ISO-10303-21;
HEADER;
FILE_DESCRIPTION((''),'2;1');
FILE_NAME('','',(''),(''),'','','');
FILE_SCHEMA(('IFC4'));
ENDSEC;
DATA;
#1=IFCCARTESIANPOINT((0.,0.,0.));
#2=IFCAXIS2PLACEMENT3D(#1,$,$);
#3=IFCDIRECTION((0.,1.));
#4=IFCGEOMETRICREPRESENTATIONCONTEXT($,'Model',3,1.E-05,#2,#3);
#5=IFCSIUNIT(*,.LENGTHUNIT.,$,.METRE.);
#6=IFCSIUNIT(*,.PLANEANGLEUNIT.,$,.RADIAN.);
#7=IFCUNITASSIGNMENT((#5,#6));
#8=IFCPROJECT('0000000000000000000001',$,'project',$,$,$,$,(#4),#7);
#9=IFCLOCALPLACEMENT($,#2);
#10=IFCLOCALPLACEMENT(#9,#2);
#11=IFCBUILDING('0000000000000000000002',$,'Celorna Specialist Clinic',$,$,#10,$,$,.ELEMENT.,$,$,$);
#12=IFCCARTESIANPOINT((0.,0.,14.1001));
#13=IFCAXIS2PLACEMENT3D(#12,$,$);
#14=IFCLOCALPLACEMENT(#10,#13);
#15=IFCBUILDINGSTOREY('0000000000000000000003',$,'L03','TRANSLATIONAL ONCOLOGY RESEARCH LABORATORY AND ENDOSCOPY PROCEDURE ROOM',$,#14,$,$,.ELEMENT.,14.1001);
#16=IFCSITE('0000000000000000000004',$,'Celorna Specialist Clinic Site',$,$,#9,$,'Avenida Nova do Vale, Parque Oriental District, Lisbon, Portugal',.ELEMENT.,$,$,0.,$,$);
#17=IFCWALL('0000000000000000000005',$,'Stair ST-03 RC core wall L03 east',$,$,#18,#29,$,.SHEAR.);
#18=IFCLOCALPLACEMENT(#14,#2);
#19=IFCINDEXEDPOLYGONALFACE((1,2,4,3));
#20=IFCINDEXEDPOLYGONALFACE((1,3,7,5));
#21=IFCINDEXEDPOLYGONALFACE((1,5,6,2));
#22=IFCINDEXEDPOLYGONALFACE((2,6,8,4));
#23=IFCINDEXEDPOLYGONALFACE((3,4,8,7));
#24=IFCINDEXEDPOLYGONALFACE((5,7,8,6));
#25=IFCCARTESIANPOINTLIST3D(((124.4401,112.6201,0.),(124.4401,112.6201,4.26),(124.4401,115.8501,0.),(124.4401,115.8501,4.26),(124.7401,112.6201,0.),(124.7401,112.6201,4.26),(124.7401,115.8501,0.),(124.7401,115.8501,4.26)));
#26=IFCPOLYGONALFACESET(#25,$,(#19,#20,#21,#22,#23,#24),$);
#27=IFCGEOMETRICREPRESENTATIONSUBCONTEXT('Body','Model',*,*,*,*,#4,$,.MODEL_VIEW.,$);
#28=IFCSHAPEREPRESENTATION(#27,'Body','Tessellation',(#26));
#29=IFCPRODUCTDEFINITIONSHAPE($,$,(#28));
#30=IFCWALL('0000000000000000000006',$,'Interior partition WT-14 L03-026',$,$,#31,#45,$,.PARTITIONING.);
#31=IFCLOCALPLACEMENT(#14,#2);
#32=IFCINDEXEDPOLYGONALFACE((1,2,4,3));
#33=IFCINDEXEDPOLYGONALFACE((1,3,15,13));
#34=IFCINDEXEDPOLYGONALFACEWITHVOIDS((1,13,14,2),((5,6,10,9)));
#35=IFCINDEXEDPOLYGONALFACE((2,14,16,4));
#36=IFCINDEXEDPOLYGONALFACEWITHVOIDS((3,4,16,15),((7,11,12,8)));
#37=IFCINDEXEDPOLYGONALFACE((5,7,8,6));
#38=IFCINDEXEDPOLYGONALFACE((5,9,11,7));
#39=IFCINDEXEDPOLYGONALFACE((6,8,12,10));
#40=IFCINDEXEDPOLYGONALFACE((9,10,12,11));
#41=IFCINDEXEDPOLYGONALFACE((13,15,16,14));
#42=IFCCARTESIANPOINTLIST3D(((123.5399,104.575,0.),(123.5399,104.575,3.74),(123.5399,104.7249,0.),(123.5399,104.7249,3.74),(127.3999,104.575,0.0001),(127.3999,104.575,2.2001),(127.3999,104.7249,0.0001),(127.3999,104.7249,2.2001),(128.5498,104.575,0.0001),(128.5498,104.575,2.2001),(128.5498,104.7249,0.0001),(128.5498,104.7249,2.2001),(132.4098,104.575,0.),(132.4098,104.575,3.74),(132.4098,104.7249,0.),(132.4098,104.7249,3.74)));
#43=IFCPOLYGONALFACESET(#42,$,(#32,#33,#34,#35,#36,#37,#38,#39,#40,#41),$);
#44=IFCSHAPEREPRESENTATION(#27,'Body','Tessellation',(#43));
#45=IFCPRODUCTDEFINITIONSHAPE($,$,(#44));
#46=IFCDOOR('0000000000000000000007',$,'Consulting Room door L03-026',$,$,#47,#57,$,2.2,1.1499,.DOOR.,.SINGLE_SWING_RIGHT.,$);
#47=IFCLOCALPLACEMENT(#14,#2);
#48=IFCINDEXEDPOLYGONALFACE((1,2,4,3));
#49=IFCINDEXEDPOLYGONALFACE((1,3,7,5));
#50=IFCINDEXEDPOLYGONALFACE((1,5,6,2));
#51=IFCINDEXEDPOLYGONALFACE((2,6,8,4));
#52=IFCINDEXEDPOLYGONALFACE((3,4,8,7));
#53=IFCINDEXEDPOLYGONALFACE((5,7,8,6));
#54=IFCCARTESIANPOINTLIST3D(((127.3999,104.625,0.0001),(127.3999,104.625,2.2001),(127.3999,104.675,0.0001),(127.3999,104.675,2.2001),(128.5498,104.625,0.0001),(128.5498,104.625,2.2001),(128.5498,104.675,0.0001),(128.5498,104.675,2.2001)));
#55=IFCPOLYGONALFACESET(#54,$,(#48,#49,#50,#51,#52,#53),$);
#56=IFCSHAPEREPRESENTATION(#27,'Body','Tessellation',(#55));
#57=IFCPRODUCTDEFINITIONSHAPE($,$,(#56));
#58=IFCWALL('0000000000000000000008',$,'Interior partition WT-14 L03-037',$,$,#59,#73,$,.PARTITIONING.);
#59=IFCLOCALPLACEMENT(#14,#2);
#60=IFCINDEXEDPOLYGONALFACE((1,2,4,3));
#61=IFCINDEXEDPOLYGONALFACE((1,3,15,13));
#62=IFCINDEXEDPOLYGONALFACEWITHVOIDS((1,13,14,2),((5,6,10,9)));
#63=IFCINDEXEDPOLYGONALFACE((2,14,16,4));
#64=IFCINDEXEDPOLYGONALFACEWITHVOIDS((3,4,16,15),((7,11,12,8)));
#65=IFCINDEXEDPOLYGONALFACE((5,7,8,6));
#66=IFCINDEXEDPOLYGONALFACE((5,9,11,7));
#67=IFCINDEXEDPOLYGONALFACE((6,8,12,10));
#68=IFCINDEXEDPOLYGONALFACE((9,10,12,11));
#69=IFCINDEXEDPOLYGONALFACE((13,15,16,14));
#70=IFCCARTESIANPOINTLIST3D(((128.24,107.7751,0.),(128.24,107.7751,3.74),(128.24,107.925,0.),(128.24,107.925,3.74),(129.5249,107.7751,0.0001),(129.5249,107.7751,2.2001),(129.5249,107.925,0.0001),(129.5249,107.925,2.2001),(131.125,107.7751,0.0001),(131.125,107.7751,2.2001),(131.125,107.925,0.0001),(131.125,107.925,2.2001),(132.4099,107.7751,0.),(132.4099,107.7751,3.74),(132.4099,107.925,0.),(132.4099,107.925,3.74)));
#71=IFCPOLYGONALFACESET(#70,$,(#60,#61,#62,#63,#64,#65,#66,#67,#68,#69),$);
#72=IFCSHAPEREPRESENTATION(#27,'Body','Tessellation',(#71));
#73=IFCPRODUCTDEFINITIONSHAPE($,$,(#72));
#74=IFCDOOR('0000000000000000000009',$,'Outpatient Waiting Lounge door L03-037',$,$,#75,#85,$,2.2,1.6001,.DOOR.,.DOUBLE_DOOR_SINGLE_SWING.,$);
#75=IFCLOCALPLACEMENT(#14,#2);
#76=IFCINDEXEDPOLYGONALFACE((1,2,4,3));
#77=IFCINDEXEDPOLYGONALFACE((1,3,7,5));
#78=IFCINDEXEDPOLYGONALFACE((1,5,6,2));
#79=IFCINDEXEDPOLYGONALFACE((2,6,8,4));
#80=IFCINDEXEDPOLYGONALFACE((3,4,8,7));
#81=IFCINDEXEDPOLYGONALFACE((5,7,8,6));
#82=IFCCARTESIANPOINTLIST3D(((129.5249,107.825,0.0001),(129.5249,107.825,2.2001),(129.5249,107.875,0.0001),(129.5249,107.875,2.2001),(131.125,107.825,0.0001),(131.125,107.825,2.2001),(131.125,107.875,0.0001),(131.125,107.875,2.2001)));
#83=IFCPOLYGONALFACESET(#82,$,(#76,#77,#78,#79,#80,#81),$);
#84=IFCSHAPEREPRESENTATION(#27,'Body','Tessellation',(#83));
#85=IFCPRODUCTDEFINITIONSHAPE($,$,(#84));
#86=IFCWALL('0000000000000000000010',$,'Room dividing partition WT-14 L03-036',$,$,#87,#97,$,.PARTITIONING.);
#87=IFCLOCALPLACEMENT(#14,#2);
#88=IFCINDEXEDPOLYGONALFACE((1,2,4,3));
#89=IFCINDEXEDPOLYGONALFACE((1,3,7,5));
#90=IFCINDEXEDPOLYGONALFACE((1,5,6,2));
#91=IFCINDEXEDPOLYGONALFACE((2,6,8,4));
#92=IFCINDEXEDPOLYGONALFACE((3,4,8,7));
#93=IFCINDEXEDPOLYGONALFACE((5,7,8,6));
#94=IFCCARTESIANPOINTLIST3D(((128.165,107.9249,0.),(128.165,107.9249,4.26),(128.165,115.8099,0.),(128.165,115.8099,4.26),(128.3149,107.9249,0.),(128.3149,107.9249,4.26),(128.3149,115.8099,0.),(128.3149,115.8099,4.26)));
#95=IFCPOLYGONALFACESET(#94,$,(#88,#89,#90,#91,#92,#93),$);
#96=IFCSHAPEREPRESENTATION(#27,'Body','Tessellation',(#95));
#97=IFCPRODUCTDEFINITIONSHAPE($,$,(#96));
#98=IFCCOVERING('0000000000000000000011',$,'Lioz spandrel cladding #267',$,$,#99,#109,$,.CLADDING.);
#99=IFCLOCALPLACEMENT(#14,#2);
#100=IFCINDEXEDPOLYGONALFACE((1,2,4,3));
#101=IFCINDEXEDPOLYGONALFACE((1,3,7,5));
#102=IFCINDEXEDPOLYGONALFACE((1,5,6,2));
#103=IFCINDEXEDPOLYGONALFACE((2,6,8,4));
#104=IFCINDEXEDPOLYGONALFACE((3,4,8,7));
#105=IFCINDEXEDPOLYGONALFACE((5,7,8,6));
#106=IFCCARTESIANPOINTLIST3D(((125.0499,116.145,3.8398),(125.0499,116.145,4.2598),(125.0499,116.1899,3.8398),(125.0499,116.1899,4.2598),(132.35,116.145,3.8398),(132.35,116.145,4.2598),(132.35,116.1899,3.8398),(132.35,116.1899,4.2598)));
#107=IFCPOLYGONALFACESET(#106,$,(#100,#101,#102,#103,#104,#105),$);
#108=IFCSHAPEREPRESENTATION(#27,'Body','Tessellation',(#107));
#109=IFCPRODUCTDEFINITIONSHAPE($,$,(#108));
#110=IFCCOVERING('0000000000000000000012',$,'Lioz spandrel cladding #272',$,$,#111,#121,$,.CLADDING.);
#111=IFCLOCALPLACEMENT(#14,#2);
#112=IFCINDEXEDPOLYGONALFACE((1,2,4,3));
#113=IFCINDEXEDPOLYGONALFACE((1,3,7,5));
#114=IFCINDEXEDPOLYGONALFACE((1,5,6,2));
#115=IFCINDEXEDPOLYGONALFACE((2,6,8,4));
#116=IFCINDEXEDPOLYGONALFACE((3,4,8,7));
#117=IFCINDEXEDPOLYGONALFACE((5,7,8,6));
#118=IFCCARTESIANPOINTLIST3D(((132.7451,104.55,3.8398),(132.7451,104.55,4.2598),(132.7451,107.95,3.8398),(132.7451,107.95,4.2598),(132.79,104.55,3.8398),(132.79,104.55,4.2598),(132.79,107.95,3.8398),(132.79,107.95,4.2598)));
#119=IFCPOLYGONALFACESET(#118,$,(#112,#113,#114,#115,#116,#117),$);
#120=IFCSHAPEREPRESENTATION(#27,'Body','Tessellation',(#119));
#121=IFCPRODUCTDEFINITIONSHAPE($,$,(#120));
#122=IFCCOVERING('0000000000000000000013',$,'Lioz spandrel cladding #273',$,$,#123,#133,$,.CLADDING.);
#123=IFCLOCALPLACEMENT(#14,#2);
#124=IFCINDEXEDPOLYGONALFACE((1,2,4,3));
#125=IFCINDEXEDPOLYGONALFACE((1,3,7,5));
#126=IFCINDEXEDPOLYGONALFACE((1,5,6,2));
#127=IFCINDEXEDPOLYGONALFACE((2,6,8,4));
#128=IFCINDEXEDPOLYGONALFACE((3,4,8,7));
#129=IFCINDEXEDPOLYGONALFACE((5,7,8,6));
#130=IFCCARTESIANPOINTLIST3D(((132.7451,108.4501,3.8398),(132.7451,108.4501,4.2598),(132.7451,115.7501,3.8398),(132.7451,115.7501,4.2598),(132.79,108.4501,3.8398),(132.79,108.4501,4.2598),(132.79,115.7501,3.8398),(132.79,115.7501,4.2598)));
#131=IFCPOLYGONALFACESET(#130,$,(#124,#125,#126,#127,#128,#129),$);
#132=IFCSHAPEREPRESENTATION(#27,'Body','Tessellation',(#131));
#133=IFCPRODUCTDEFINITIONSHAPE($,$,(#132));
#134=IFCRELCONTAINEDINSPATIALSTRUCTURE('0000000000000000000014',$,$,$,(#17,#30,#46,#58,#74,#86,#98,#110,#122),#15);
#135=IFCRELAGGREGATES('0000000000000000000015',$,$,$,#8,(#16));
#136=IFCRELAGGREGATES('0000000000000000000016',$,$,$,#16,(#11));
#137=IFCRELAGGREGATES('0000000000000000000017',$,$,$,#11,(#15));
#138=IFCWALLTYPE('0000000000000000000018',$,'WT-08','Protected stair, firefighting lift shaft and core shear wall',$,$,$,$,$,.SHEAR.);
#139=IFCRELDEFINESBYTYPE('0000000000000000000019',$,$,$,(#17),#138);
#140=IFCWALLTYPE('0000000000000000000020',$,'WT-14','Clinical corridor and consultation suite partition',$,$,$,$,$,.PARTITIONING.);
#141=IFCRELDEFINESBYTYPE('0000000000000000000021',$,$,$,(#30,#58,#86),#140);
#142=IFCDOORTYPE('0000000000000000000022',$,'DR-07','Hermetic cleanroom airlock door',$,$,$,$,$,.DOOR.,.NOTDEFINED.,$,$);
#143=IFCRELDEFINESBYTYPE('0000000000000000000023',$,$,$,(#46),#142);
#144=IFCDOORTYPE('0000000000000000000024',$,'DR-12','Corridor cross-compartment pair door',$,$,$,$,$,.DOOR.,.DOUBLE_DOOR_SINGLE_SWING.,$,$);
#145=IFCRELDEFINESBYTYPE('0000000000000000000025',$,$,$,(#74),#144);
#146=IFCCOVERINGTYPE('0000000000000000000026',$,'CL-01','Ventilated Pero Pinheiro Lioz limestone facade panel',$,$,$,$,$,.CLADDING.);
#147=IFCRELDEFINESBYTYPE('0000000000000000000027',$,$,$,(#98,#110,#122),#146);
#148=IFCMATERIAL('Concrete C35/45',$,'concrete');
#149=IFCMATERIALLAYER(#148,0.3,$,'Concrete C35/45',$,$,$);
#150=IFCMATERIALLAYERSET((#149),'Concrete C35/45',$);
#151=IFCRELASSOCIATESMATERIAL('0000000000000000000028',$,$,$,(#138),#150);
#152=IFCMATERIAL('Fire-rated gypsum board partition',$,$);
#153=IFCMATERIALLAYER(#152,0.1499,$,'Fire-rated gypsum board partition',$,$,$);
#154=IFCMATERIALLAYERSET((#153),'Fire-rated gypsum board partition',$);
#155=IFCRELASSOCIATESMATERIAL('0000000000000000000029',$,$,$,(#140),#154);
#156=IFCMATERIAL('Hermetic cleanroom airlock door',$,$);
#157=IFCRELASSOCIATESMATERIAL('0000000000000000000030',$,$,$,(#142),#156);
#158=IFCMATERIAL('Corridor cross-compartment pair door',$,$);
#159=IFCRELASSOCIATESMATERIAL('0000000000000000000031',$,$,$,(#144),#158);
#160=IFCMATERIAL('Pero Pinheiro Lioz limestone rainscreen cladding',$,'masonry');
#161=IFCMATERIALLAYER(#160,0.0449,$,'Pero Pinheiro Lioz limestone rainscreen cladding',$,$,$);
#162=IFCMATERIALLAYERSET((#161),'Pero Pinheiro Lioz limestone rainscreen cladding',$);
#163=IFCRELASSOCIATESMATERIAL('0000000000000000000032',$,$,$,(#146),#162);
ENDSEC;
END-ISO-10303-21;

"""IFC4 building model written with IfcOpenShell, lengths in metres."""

from ifc_helpers import new_model, si_unit, direction, frame, frame_2d, origin, origin_2d, place, context, subcontext, project, spatial, rectangle, extrude, material, layer, layer_set, type_object, element, fill, save


model = new_model("IFC4")

# Units and contexts
model_context = context("Model", 3, precision=1e-05, world=origin(), true_north=direction((0.0, 1.0)))
body_context = subcontext(model_context, "Body", "Model", "MODEL_VIEW")
ifc_project = project(units=[si_unit("LENGTHUNIT", "METRE"), si_unit("PLANEANGLEUNIT", "RADIAN")], contexts=[model_context])

# Site, building, storey
site_placement = place(None, origin())
site = spatial("IfcSite", under=ifc_project, at=site_placement, Name="Celorna Specialist Clinic Site", LongName="Avenida Nova do Vale, Parque Oriental District, Lisbon, Portugal", CompositionType="ELEMENT", RefElevation=0.0)
building_placement = place(site_placement, origin())
building = spatial("IfcBuilding", under=site, at=building_placement, Name="Celorna Specialist Clinic", CompositionType="ELEMENT")
storey_placement = place(building_placement, frame((0.0, 0.0, 14.1001)))
storey = spatial("IfcBuildingStorey", under=building, at=storey_placement, Name="L03", Description="TRANSLATIONAL ONCOLOGY RESEARCH LABORATORY AND ENDOSCOPY PROCEDURE ROOM", CompositionType="ELEMENT", Elevation=14.1001)

# Shared definitions
ifc_material_1 = material(Name="Concrete C35/45", Category="concrete")

# Wall
ifc_layer_1 = layer(ifc_material_1, 0.3, Name="Concrete C35/45")
ifc_layer_set_1 = layer_set([ifc_layer_1], Name="Concrete C35/45")
wall_type_1 = type_object("IfcWallType", Name="WT-08", Description="Protected stair, firefighting lift shaft and core shear wall", PredefinedType="SHEAR", material=ifc_layer_set_1)
wall_1_placement = place(storey_placement, frame((124.5901, 112.6201, 0.0), z_axis=(0.0, 0.0, 1.0), x_axis=(0.0, 1.0, 0.0)))
element("IfcWall", 1, at=wall_1_placement, inside=storey, type_object=wall_type_1, Name="Stair ST-03 RC core wall L03 east", PredefinedType="SHEAR", context=body_context, shape_type="SweptSolid", body=[
    extrude(rectangle(XDim=3.23, YDim=0.3, at=frame_2d((1.615, 0.0))), origin(), (0.0, 0.0, 1.0), 4.26),
])

# Walls, openings, doors
ifc_material_2 = material(Name="Fire-rated gypsum board partition")
ifc_layer_2 = layer(ifc_material_2, 0.1499, Name="Fire-rated gypsum board partition")
ifc_layer_set_2 = layer_set([ifc_layer_2], Name="Fire-rated gypsum board partition")
wall_type_2 = type_object("IfcWallType", Name="WT-14", Description="Clinical corridor and consultation suite partition", PredefinedType="PARTITIONING", material=ifc_layer_set_2)
wall_2_placement = place(storey_placement, frame((132.4099, 104.6499, 0.0), z_axis=(0.0, 0.0, 1.0), x_axis=(-1.0, 0.0, 0.0)))
wall_2 = element("IfcWall", 2, at=wall_2_placement, inside=storey, type_object=wall_type_2, Name="Interior partition WT-14 L03-026", PredefinedType="PARTITIONING", context=body_context, shape_type="SweptSolid", body=[
    extrude(rectangle(XDim=8.8699, YDim=0.1499, at=frame_2d((4.4351, 0.0))), origin(), (0.0, 0.0, 1.0), 3.74),
])
opening_1_placement = place(wall_2_placement, frame((3.8601, 0.0, 0.0)))
opening_1 = element("IfcOpeningElement", 3, at=opening_1_placement, cuts=wall_2, PredefinedType="OPENING", context=body_context, shape_type="SweptSolid", body=[
    extrude(rectangle(XDim=1.1499, YDim=2.2, at=frame_2d((0.575, 1.1001))), frame((0.0, 0.085, 0.0), z_axis=(0.0, -1.0, 0.0), x_axis=(1.0, 0.0, 0.0)), (0.0, 0.0, 1.0), 0.1699),
])
ifc_material_3 = material(Name="Hermetic cleanroom airlock door")
door_type_1 = type_object("IfcDoorType", Name="DR-07", Description="Hermetic cleanroom airlock door", OperationType="NOTDEFINED", PredefinedType="DOOR", material=ifc_material_3)
door_1_placement = place(opening_1_placement, origin())
door_1 = element("IfcDoor", 4, at=door_1_placement, inside=storey, type_object=door_type_1, Name="Consulting Room door L03-026", OperationType="SINGLE_SWING_RIGHT", OverallHeight=2.2, OverallWidth=1.1499, PredefinedType="DOOR", context=body_context, shape_type="SweptSolid", body=[
    extrude(rectangle(XDim=1.1499, YDim=2.2, at=frame_2d((0.575, 1.1001))), frame((0.0, 0.0249, 0.0), z_axis=(0.0, -1.0, 0.0), x_axis=(1.0, 0.0, 0.0)), (0.0, 0.0, 1.0), 0.05),
])
fill(opening_1, door_1)
wall_3_placement = place(storey_placement, frame((128.24, 107.8501, 0.0), z_axis=(0.0, 0.0, 1.0), x_axis=(1.0, 0.0, 0.0)))
wall_3 = element("IfcWall", 5, at=wall_3_placement, inside=storey, type_object=wall_type_2, Name="Interior partition WT-14 L03-037", PredefinedType="PARTITIONING", context=body_context, shape_type="SweptSolid", body=[
    extrude(rectangle(XDim=4.1699, YDim=0.1499, at=frame_2d((2.085, 0.0))), origin(), (0.0, 0.0, 1.0), 3.74),
])
opening_2_placement = place(wall_3_placement, frame((1.2849, 0.0, 0.0)))
opening_2 = element("IfcOpeningElement", 6, at=opening_2_placement, cuts=wall_3, PredefinedType="OPENING", context=body_context, shape_type="SweptSolid", body=[
    extrude(rectangle(XDim=1.6001, YDim=2.2, at=frame_2d((0.8, 1.1001))), frame((0.0, 0.085, 0.0), z_axis=(0.0, -1.0, 0.0), x_axis=(1.0, 0.0, 0.0)), (0.0, 0.0, 1.0), 0.1699),
])
ifc_material_4 = material(Name="Corridor cross-compartment pair door")
door_type_2 = type_object("IfcDoorType", Name="DR-12", Description="Corridor cross-compartment pair door", OperationType="DOUBLE_DOOR_SINGLE_SWING", PredefinedType="DOOR", material=ifc_material_4)
door_2_placement = place(opening_2_placement, origin())
door_2 = element("IfcDoor", 7, at=door_2_placement, inside=storey, type_object=door_type_2, Name="Outpatient Waiting Lounge door L03-037", OperationType="DOUBLE_DOOR_SINGLE_SWING", OverallHeight=2.2, OverallWidth=1.6001, PredefinedType="DOOR", context=body_context, shape_type="SweptSolid", body=[
    extrude(rectangle(XDim=1.6001, YDim=2.2, at=frame_2d((0.8, 1.1001))), frame((0.0, 0.0249, 0.0), z_axis=(0.0, -1.0, 0.0), x_axis=(1.0, 0.0, 0.0)), (0.0, 0.0, 1.0), 0.05),
])
fill(opening_2, door_2)

# Wall
wall_4_placement = place(storey_placement, frame((128.24, 107.925, 0.0), z_axis=(0.0, 0.0, 1.0), x_axis=(0.0, 1.0, 0.0)))
element("IfcWall", 8, at=wall_4_placement, inside=storey, type_object=wall_type_2, Name="Room dividing partition WT-14 L03-036", PredefinedType="PARTITIONING", context=body_context, shape_type="SweptSolid", body=[
    extrude(rectangle(XDim=7.885, YDim=0.1499, at=frame_2d((3.9424, 0.0))), origin(), (0.0, 0.0, 1.0), 4.26),
])

# Coverings
ifc_material_5 = material(Name="Pero Pinheiro Lioz limestone rainscreen cladding", Category="masonry")
ifc_layer_3 = layer(ifc_material_5, 0.0449, Name="Pero Pinheiro Lioz limestone rainscreen cladding")
ifc_layer_set_3 = layer_set([ifc_layer_3], Name="Pero Pinheiro Lioz limestone rainscreen cladding")
covering_type = type_object("IfcCoveringType", Name="CL-01", Description="Ventilated Pero Pinheiro Lioz limestone facade panel", PredefinedType="CLADDING", material=ifc_layer_set_3)
covering_1_placement = place(storey_placement, frame((128.7, 116.1675, 3.8398), z_axis=(0.0, 0.0, 1.0), x_axis=(1.0, 0.0, 0.0)))
element("IfcCovering", 9, at=covering_1_placement, inside=storey, type_object=covering_type, Name="Lioz spandrel cladding #267", PredefinedType="CLADDING", context=body_context, shape_type="SweptSolid", body=[
    extrude(rectangle(XDim=7.3, YDim=0.0449, at=origin_2d()), origin(), (0.0, 0.0, 1.0), 0.4199),
])
covering_2_placement = place(storey_placement, frame((132.7676, 106.25, 3.8398), z_axis=(0.0, 0.0, 1.0), x_axis=(0.0, -1.0, 0.0)))
element("IfcCovering", 10, at=covering_2_placement, inside=storey, type_object=covering_type, Name="Lioz spandrel cladding #272", PredefinedType="CLADDING", context=body_context, shape_type="SweptSolid", body=[
    extrude(rectangle(XDim=3.3999, YDim=0.0449, at=origin_2d()), origin(), (0.0, 0.0, 1.0), 0.4199),
])
covering_3_placement = place(storey_placement, frame((132.7676, 112.1001, 3.8398), z_axis=(0.0, 0.0, 1.0), x_axis=(0.0, -1.0, 0.0)))
element("IfcCovering", 11, at=covering_3_placement, inside=storey, type_object=covering_type, Name="Lioz spandrel cladding #273", PredefinedType="CLADDING", context=body_context, shape_type="SweptSolid", body=[
    extrude(rectangle(XDim=7.3, YDim=0.0449, at=origin_2d()), origin(), (0.0, 0.0, 1.0), 0.4199),
])

save(model, "model.ifc")
